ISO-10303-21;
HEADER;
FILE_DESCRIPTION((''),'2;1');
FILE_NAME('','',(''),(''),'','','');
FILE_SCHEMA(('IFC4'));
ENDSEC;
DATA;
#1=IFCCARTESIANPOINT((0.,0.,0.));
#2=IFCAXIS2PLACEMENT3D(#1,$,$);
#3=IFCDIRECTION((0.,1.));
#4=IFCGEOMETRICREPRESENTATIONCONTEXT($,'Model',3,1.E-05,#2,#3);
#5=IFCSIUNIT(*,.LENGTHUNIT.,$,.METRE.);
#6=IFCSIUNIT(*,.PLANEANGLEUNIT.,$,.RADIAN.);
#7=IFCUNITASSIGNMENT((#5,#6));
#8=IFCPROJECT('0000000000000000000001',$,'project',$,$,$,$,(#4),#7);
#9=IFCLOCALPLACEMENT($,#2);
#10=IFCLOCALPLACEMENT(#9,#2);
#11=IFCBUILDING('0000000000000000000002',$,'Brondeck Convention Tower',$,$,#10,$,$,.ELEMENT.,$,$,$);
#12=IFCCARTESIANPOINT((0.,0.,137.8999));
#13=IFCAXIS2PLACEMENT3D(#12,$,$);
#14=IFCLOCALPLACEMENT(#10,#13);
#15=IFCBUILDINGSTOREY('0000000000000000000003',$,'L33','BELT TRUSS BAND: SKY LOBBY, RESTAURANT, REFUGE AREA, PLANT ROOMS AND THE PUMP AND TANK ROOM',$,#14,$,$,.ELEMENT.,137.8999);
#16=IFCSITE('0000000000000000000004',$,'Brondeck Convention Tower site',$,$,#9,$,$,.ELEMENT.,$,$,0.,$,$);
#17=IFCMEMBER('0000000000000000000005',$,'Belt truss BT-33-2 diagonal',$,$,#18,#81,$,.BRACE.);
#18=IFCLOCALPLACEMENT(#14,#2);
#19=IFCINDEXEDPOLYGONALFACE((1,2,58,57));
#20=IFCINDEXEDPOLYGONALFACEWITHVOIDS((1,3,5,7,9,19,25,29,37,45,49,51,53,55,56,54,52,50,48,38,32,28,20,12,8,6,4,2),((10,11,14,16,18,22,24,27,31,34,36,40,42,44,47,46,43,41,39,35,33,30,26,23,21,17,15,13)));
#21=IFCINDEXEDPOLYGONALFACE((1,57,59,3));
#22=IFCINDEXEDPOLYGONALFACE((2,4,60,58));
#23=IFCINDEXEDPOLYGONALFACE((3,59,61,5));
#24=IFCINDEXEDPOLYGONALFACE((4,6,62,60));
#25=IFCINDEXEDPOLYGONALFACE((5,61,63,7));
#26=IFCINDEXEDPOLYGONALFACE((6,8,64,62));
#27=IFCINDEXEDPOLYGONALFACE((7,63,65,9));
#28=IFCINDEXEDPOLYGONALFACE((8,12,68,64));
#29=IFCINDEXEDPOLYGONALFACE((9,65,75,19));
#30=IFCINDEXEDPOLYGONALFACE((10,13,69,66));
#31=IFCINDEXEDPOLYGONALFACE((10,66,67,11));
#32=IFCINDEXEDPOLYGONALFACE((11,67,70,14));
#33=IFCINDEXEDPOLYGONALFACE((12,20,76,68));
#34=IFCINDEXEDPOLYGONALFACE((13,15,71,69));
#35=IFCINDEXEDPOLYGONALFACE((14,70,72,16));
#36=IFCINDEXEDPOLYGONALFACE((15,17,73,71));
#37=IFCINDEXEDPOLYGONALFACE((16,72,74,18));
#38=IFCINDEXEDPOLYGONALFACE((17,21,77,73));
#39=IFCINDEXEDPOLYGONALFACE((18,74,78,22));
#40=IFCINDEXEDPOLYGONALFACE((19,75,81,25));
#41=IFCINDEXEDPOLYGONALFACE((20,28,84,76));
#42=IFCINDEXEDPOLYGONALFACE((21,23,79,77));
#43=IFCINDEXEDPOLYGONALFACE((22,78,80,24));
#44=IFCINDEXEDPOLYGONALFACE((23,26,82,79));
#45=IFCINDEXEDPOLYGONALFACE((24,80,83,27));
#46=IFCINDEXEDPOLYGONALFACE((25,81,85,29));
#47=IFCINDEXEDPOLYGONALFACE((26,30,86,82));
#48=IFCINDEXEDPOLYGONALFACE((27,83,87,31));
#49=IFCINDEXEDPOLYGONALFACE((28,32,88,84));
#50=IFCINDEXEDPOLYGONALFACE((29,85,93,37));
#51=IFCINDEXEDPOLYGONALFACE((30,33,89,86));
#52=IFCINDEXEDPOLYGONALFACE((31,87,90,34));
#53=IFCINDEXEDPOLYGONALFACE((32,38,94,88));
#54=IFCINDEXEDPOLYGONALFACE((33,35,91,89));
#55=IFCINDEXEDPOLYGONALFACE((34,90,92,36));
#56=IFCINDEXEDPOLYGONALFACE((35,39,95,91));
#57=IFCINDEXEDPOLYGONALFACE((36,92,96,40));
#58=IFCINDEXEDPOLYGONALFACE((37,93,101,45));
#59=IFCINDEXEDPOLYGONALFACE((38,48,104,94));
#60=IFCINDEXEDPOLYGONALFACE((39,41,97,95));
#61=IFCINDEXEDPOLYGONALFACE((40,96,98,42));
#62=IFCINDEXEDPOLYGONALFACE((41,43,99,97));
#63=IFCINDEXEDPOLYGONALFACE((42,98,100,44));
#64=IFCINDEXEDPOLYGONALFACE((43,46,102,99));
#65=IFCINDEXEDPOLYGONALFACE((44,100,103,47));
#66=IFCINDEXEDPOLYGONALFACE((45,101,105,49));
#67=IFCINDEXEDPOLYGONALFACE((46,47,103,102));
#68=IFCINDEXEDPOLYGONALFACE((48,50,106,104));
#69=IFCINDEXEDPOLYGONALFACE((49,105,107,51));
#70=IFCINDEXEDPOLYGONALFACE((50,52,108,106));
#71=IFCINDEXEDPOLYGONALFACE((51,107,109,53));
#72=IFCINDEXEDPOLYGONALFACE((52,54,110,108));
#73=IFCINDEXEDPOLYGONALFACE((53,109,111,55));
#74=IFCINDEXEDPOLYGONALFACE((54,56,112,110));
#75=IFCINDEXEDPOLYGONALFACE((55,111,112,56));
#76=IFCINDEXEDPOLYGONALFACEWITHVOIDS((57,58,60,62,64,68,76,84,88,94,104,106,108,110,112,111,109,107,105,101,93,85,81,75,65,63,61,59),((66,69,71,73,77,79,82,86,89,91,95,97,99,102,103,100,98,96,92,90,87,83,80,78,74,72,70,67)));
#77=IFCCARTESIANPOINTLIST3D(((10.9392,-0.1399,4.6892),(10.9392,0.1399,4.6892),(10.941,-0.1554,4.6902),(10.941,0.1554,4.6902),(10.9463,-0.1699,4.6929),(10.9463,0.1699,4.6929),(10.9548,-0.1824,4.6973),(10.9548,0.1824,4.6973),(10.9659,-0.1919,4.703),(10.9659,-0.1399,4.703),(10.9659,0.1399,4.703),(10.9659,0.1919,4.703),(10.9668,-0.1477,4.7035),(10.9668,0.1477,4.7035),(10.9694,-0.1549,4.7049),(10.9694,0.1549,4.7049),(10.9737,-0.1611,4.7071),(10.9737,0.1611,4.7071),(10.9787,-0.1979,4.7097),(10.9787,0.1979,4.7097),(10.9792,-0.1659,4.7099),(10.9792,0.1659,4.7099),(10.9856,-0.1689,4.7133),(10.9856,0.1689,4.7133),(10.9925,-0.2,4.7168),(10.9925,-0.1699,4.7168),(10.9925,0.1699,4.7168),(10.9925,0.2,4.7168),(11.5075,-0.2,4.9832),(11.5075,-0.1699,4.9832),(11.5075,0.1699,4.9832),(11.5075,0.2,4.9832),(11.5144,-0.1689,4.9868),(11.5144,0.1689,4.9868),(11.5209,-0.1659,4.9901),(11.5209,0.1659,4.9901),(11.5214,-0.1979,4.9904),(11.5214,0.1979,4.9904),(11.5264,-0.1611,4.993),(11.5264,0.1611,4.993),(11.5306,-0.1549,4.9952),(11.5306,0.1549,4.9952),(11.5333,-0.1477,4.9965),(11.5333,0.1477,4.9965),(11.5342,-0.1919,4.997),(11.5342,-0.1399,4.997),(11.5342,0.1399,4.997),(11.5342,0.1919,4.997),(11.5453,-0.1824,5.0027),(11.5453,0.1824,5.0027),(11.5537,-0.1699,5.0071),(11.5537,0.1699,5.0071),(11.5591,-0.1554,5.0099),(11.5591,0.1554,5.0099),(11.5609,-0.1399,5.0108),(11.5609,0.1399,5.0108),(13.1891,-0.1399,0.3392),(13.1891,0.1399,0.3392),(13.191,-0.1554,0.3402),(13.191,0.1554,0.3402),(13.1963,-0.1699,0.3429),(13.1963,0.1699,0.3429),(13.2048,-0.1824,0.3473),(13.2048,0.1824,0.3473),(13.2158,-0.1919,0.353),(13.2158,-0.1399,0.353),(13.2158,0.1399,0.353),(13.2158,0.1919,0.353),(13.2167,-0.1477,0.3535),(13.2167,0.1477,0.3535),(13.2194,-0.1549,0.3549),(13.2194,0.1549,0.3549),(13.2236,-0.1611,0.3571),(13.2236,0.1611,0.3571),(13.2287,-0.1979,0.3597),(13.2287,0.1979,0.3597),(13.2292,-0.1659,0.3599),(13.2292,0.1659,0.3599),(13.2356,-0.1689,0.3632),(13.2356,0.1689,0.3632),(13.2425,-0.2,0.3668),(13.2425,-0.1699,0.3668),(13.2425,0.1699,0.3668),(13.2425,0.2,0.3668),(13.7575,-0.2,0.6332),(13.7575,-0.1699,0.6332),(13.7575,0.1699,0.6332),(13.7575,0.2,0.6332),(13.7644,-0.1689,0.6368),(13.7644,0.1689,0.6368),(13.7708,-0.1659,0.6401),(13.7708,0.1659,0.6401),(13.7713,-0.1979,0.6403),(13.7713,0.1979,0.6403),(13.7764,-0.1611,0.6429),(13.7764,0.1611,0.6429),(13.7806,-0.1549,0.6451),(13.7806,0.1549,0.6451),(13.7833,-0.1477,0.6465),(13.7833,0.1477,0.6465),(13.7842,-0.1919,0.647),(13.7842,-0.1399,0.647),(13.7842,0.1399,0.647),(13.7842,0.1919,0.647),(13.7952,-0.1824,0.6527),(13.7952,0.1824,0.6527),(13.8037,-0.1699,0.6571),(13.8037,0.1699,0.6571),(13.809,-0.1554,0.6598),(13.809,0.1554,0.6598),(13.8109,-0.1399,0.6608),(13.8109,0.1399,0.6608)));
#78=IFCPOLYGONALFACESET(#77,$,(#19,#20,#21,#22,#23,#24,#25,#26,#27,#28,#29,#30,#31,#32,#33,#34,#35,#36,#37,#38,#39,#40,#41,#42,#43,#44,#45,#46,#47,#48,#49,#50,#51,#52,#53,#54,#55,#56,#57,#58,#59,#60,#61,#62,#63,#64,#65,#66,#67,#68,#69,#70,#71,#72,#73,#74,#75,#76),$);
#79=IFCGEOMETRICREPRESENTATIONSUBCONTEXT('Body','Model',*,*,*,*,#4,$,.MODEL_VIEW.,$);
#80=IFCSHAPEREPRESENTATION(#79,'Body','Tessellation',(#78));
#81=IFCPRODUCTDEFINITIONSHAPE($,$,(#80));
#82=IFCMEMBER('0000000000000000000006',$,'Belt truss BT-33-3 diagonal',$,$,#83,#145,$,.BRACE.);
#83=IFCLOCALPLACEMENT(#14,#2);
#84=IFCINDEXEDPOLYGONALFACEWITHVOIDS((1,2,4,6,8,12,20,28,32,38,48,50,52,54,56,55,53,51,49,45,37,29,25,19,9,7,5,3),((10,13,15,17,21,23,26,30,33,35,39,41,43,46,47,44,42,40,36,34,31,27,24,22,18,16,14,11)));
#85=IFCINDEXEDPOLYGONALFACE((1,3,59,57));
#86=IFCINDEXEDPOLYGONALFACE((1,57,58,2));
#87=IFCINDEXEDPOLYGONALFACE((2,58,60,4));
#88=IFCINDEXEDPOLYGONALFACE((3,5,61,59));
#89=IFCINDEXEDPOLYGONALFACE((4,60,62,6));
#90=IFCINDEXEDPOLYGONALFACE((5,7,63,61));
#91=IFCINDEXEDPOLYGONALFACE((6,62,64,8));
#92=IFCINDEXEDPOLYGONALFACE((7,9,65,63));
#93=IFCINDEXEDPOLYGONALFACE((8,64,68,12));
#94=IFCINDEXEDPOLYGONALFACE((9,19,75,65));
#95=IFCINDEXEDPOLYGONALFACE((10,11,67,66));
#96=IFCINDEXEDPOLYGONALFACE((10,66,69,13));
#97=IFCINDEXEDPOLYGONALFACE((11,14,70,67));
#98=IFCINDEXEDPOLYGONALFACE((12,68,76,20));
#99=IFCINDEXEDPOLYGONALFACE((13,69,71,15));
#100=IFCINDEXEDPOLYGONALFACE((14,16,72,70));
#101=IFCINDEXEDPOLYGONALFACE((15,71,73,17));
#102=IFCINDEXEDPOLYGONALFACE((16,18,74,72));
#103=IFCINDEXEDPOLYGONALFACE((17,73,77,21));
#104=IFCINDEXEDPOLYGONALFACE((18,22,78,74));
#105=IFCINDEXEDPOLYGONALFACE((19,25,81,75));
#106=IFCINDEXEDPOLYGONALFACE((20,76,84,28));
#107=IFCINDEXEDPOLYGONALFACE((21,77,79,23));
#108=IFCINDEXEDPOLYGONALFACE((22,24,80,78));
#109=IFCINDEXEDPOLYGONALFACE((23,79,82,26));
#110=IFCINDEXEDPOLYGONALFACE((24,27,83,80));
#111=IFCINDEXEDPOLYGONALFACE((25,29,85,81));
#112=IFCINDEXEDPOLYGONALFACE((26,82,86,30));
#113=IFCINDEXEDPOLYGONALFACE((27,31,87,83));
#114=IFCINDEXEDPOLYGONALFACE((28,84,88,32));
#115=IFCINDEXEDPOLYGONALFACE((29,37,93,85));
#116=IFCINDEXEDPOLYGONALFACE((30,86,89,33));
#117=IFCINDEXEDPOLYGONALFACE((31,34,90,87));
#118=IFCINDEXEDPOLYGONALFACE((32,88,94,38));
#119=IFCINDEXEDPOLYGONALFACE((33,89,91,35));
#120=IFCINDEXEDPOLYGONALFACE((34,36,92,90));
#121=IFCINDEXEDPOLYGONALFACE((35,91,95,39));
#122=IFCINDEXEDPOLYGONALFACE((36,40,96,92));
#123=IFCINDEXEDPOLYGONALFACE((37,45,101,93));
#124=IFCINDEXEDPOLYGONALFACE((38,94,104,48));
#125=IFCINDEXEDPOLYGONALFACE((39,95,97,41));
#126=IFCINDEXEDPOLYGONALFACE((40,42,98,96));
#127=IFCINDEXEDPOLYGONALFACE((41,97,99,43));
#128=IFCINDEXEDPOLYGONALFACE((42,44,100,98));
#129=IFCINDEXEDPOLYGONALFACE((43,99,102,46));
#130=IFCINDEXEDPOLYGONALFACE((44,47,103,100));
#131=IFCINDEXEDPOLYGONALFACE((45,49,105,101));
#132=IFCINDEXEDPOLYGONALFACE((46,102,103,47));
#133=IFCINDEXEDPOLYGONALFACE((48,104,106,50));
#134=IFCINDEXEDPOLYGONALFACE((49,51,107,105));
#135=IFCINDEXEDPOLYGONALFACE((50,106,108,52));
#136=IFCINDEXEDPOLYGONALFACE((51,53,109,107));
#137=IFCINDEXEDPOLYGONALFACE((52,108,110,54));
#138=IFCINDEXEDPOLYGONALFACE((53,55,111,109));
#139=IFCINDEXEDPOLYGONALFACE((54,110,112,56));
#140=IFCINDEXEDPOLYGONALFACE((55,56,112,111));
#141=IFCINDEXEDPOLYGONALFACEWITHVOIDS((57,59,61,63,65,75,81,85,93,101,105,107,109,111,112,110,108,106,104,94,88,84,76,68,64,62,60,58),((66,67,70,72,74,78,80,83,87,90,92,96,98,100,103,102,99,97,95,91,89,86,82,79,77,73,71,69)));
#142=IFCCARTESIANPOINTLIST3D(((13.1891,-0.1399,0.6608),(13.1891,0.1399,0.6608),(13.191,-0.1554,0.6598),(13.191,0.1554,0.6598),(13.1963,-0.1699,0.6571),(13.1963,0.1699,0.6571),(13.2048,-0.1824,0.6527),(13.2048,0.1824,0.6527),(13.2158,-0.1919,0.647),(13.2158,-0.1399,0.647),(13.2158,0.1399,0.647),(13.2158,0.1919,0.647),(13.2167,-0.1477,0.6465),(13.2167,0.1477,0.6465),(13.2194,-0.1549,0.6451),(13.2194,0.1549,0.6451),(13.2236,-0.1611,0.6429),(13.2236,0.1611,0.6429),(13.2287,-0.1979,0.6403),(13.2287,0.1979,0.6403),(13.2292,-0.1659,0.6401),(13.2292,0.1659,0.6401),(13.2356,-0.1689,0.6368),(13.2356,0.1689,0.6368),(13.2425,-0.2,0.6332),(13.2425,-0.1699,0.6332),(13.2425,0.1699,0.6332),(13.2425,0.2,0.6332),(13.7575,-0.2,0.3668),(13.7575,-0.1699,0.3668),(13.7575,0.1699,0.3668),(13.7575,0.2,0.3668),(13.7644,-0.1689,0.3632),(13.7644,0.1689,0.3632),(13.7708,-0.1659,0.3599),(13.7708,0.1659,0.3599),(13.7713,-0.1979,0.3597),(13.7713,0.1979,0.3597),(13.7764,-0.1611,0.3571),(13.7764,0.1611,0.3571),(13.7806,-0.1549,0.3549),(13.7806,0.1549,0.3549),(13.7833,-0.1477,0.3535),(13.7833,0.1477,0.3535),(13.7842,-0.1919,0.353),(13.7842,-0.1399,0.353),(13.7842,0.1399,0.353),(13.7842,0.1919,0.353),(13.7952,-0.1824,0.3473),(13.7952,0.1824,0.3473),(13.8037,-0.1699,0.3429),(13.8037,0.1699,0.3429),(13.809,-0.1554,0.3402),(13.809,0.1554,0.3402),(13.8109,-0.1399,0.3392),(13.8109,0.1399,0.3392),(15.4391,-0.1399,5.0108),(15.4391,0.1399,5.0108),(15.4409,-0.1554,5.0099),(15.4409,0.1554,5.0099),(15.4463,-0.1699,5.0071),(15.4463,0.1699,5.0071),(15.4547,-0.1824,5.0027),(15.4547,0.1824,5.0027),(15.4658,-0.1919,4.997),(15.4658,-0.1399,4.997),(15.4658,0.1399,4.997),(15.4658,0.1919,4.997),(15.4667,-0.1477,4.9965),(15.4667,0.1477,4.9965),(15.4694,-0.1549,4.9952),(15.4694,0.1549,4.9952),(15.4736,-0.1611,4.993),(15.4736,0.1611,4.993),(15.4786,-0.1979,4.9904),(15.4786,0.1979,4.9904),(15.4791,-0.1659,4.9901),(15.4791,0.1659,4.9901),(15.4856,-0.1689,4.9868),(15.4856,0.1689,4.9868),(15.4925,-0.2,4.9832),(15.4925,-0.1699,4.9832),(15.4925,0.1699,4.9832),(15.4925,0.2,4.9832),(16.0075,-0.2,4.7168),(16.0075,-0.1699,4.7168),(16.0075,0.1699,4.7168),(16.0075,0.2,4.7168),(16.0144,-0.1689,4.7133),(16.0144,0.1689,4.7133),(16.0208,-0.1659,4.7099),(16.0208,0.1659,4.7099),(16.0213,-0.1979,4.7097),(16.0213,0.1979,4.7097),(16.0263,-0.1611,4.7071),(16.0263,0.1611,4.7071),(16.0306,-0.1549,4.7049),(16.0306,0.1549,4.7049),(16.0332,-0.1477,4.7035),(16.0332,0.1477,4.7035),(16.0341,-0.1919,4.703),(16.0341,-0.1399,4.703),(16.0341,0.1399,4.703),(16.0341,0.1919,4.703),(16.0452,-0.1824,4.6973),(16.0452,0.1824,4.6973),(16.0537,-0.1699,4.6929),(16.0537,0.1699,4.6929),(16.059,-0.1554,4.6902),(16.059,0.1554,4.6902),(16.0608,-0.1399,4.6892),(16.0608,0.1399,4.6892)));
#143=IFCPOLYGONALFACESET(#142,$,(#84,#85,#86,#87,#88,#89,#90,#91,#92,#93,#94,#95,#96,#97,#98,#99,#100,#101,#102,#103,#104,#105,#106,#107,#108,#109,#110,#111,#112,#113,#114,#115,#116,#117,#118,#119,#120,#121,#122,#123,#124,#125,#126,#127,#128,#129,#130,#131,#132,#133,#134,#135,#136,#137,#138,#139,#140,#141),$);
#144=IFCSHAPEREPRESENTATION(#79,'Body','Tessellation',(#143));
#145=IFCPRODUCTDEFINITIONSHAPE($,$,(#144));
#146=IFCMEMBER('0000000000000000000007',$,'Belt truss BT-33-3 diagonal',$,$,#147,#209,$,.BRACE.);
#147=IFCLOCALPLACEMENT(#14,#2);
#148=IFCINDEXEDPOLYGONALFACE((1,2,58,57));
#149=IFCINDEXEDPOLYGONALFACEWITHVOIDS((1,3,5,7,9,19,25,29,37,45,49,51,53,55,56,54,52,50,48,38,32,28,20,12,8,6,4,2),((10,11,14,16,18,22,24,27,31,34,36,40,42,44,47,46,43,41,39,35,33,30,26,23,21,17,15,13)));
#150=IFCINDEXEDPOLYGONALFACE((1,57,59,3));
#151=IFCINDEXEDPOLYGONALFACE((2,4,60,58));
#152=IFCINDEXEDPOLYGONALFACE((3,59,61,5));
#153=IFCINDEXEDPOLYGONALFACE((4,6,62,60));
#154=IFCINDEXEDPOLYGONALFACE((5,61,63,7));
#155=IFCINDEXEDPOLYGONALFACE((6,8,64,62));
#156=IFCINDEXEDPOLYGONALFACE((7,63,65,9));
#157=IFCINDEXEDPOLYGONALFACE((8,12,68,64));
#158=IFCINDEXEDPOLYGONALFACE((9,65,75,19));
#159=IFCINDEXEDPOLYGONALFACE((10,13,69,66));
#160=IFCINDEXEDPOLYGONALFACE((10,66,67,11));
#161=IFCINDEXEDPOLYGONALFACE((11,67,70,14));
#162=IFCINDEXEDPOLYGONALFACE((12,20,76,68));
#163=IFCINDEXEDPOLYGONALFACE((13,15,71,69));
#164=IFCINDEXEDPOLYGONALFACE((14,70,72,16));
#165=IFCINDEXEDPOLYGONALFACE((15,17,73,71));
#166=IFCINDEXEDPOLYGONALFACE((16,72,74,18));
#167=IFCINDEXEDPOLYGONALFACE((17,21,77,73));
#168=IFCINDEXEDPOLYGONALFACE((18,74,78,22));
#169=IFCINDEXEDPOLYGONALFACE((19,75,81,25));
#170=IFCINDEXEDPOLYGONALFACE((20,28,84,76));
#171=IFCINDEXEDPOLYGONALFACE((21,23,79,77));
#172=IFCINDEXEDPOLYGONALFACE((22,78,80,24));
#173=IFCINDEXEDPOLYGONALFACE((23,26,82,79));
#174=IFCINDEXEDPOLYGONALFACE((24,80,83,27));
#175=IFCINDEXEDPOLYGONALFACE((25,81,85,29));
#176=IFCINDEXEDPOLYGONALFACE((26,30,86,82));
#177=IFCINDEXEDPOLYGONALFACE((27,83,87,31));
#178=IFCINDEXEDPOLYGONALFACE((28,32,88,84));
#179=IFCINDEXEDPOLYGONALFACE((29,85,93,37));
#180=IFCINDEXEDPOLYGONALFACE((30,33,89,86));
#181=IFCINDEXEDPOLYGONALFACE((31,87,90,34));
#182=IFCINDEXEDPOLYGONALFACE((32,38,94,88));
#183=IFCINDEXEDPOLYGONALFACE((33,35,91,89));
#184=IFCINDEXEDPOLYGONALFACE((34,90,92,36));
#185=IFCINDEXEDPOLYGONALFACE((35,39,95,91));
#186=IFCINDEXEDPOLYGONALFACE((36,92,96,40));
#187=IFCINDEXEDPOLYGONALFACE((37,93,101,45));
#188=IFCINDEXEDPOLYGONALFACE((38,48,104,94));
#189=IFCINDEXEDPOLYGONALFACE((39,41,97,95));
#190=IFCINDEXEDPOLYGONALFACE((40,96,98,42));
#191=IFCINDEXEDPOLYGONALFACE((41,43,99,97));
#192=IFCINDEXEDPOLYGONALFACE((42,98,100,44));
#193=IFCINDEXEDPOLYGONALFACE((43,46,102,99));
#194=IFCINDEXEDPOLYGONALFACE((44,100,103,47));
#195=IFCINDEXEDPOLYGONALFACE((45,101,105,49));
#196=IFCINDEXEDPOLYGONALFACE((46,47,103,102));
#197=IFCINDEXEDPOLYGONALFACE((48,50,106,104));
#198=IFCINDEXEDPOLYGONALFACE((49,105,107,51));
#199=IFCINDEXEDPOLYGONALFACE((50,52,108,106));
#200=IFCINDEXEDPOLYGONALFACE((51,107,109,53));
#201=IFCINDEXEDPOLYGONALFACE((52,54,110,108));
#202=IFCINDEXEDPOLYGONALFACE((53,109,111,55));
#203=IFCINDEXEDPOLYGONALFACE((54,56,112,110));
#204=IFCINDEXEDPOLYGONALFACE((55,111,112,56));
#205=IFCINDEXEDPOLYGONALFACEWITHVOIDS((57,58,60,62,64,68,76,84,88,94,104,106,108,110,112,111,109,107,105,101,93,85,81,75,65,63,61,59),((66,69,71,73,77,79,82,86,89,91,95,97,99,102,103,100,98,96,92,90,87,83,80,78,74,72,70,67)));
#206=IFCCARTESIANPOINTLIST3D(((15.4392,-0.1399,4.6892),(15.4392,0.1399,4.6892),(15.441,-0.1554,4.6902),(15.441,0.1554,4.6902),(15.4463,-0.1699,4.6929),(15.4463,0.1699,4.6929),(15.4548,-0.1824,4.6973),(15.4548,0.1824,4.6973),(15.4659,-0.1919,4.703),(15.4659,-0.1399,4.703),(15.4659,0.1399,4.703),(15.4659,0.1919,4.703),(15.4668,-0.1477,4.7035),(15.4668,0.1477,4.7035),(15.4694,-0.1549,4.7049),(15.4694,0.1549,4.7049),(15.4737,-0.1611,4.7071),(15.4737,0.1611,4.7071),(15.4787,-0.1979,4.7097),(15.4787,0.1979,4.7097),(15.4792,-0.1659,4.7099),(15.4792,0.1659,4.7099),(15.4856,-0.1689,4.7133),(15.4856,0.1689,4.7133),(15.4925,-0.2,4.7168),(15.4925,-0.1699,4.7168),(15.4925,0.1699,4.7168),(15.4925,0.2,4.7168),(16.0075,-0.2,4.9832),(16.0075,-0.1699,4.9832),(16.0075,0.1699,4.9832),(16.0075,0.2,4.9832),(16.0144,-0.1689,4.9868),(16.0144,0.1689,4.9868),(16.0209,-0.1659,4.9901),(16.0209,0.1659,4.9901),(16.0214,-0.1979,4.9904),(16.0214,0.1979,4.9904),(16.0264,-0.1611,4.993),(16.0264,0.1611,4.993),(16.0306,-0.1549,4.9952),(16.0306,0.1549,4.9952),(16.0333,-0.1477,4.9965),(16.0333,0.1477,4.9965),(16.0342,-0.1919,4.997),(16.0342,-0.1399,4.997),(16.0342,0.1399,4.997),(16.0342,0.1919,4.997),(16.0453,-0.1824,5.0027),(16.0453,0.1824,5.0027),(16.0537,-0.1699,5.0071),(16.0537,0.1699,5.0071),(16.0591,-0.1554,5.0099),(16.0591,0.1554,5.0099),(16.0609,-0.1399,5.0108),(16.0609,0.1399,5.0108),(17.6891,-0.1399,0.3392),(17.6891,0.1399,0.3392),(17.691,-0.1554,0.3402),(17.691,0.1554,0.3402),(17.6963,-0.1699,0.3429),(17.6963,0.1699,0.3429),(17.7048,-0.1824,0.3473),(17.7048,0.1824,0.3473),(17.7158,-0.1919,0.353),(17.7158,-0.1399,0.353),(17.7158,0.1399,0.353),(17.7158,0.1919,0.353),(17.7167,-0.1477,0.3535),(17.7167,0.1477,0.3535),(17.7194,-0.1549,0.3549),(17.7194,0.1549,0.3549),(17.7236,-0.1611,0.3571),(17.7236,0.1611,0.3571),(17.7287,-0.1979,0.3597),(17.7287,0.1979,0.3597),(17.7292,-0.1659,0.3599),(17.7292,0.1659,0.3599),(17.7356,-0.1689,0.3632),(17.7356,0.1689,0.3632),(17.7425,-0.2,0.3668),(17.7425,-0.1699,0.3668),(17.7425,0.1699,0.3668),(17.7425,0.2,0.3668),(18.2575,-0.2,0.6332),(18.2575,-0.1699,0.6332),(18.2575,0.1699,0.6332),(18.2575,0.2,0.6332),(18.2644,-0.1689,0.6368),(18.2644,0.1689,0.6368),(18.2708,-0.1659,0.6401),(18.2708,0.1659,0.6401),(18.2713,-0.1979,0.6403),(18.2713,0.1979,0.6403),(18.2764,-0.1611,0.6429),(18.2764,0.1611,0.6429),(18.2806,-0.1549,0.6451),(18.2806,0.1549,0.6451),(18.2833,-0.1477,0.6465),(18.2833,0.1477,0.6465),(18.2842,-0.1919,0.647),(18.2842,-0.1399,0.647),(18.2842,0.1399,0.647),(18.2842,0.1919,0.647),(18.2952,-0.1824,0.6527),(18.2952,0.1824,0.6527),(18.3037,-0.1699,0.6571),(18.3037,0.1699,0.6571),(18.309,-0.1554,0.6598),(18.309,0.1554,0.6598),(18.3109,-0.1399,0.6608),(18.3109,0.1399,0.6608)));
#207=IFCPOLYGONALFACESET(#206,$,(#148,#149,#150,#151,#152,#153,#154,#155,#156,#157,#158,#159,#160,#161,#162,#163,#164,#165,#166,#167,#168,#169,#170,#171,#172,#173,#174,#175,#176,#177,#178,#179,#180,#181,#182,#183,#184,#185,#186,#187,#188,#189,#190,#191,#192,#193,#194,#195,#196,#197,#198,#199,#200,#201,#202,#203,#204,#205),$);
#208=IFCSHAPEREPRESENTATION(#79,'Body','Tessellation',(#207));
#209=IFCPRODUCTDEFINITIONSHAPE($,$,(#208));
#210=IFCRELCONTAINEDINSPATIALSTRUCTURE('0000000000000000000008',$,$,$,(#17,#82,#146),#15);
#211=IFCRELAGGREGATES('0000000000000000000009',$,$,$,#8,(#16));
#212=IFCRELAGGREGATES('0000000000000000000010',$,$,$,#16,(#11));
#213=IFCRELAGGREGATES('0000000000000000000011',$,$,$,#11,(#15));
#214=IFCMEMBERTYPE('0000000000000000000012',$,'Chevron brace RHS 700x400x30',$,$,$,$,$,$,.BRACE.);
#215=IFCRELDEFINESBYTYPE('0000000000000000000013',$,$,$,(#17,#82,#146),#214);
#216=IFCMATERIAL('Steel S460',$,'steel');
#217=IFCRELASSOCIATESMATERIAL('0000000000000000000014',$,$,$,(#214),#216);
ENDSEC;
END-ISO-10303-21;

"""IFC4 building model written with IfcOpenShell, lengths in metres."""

from ifc_helpers import new_model, si_unit, direction, frame, origin, origin_2d, place, context, subcontext, project, spatial, hollow_rectangle, extrude, material, material_profile, profile_set, type_object, element, save


model = new_model("IFC4")

# Units and contexts
model_context = context("Model", 3, precision=1e-05, world=origin(), true_north=direction((0.0, 1.0)))
body_context = subcontext(model_context, "Body", "Model", "MODEL_VIEW")
ifc_project = project(units=[si_unit("LENGTHUNIT", "METRE"), si_unit("PLANEANGLEUNIT", "RADIAN")], contexts=[model_context])

# Site, building, storey
site_placement = place(None, origin())
site = spatial("IfcSite", under=ifc_project, at=site_placement, Name="Brondeck Convention Tower site", CompositionType="ELEMENT", RefElevation=0.0)
building_placement = place(site_placement, origin())
building = spatial("IfcBuilding", under=site, at=building_placement, Name="Brondeck Convention Tower", CompositionType="ELEMENT")
storey_placement = place(building_placement, frame((0.0, 0.0, 137.8999)))
storey = spatial("IfcBuildingStorey", under=building, at=storey_placement, Name="L33", Description="BELT TRUSS BAND: SKY LOBBY, RESTAURANT, REFUGE AREA, PLANT ROOMS AND THE PUMP AND TANK ROOM", CompositionType="ELEMENT", Elevation=137.8999)

# Members
ifc_material_1 = material(Name="Steel S460", Category="steel")
ifc_material_profile_1 = material_profile(ifc_material_1, hollow_rectangle(XDim=0.3999, YDim=0.7, WallThickness=0.03, InnerFilletRadius=0.03, OuterFilletRadius=0.0601, at=origin_2d()), Name="RHS 700x400x30")
ifc_profile_set_1 = profile_set([ifc_material_profile_1], Name="Steel S460")
member_type_1 = type_object("IfcMemberType", Name="Chevron brace RHS 700x400x30", PredefinedType="BRACE", material=ifc_profile_set_1)
for number, where, z_axis, x_axis, name in (
    (1, (13.5, 0.0, 0.5), (-0.459415, 0.0, 0.888222), (0.0, -1.0, 0.0), "Belt truss BT-33-2 diagonal"),
    (2, (13.5, 0.0, 0.5), (0.459415, 0.0, 0.888222), (0.0, 1.0, 0.0), "Belt truss BT-33-3 diagonal"),
    (3, (18.0, 0.0, 0.5), (-0.459415, 0.0, 0.888222), (0.0, -1.0, 0.0), "Belt truss BT-33-3 diagonal"),
):
    element("IfcMember", number, at=place(storey_placement, frame(where, z_axis=z_axis, x_axis=x_axis)), inside=storey, type_object=member_type_1, Name=name, PredefinedType="BRACE", context=body_context, shape_type="SweptSolid", body=[
        extrude(hollow_rectangle(XDim=0.3999, YDim=0.7, WallThickness=0.03, InnerFilletRadius=0.03, OuterFilletRadius=0.0601, at=origin_2d()), origin(), (0.0, 0.0, 1.0), 4.8975),
    ])

save(model, "model.ifc")
